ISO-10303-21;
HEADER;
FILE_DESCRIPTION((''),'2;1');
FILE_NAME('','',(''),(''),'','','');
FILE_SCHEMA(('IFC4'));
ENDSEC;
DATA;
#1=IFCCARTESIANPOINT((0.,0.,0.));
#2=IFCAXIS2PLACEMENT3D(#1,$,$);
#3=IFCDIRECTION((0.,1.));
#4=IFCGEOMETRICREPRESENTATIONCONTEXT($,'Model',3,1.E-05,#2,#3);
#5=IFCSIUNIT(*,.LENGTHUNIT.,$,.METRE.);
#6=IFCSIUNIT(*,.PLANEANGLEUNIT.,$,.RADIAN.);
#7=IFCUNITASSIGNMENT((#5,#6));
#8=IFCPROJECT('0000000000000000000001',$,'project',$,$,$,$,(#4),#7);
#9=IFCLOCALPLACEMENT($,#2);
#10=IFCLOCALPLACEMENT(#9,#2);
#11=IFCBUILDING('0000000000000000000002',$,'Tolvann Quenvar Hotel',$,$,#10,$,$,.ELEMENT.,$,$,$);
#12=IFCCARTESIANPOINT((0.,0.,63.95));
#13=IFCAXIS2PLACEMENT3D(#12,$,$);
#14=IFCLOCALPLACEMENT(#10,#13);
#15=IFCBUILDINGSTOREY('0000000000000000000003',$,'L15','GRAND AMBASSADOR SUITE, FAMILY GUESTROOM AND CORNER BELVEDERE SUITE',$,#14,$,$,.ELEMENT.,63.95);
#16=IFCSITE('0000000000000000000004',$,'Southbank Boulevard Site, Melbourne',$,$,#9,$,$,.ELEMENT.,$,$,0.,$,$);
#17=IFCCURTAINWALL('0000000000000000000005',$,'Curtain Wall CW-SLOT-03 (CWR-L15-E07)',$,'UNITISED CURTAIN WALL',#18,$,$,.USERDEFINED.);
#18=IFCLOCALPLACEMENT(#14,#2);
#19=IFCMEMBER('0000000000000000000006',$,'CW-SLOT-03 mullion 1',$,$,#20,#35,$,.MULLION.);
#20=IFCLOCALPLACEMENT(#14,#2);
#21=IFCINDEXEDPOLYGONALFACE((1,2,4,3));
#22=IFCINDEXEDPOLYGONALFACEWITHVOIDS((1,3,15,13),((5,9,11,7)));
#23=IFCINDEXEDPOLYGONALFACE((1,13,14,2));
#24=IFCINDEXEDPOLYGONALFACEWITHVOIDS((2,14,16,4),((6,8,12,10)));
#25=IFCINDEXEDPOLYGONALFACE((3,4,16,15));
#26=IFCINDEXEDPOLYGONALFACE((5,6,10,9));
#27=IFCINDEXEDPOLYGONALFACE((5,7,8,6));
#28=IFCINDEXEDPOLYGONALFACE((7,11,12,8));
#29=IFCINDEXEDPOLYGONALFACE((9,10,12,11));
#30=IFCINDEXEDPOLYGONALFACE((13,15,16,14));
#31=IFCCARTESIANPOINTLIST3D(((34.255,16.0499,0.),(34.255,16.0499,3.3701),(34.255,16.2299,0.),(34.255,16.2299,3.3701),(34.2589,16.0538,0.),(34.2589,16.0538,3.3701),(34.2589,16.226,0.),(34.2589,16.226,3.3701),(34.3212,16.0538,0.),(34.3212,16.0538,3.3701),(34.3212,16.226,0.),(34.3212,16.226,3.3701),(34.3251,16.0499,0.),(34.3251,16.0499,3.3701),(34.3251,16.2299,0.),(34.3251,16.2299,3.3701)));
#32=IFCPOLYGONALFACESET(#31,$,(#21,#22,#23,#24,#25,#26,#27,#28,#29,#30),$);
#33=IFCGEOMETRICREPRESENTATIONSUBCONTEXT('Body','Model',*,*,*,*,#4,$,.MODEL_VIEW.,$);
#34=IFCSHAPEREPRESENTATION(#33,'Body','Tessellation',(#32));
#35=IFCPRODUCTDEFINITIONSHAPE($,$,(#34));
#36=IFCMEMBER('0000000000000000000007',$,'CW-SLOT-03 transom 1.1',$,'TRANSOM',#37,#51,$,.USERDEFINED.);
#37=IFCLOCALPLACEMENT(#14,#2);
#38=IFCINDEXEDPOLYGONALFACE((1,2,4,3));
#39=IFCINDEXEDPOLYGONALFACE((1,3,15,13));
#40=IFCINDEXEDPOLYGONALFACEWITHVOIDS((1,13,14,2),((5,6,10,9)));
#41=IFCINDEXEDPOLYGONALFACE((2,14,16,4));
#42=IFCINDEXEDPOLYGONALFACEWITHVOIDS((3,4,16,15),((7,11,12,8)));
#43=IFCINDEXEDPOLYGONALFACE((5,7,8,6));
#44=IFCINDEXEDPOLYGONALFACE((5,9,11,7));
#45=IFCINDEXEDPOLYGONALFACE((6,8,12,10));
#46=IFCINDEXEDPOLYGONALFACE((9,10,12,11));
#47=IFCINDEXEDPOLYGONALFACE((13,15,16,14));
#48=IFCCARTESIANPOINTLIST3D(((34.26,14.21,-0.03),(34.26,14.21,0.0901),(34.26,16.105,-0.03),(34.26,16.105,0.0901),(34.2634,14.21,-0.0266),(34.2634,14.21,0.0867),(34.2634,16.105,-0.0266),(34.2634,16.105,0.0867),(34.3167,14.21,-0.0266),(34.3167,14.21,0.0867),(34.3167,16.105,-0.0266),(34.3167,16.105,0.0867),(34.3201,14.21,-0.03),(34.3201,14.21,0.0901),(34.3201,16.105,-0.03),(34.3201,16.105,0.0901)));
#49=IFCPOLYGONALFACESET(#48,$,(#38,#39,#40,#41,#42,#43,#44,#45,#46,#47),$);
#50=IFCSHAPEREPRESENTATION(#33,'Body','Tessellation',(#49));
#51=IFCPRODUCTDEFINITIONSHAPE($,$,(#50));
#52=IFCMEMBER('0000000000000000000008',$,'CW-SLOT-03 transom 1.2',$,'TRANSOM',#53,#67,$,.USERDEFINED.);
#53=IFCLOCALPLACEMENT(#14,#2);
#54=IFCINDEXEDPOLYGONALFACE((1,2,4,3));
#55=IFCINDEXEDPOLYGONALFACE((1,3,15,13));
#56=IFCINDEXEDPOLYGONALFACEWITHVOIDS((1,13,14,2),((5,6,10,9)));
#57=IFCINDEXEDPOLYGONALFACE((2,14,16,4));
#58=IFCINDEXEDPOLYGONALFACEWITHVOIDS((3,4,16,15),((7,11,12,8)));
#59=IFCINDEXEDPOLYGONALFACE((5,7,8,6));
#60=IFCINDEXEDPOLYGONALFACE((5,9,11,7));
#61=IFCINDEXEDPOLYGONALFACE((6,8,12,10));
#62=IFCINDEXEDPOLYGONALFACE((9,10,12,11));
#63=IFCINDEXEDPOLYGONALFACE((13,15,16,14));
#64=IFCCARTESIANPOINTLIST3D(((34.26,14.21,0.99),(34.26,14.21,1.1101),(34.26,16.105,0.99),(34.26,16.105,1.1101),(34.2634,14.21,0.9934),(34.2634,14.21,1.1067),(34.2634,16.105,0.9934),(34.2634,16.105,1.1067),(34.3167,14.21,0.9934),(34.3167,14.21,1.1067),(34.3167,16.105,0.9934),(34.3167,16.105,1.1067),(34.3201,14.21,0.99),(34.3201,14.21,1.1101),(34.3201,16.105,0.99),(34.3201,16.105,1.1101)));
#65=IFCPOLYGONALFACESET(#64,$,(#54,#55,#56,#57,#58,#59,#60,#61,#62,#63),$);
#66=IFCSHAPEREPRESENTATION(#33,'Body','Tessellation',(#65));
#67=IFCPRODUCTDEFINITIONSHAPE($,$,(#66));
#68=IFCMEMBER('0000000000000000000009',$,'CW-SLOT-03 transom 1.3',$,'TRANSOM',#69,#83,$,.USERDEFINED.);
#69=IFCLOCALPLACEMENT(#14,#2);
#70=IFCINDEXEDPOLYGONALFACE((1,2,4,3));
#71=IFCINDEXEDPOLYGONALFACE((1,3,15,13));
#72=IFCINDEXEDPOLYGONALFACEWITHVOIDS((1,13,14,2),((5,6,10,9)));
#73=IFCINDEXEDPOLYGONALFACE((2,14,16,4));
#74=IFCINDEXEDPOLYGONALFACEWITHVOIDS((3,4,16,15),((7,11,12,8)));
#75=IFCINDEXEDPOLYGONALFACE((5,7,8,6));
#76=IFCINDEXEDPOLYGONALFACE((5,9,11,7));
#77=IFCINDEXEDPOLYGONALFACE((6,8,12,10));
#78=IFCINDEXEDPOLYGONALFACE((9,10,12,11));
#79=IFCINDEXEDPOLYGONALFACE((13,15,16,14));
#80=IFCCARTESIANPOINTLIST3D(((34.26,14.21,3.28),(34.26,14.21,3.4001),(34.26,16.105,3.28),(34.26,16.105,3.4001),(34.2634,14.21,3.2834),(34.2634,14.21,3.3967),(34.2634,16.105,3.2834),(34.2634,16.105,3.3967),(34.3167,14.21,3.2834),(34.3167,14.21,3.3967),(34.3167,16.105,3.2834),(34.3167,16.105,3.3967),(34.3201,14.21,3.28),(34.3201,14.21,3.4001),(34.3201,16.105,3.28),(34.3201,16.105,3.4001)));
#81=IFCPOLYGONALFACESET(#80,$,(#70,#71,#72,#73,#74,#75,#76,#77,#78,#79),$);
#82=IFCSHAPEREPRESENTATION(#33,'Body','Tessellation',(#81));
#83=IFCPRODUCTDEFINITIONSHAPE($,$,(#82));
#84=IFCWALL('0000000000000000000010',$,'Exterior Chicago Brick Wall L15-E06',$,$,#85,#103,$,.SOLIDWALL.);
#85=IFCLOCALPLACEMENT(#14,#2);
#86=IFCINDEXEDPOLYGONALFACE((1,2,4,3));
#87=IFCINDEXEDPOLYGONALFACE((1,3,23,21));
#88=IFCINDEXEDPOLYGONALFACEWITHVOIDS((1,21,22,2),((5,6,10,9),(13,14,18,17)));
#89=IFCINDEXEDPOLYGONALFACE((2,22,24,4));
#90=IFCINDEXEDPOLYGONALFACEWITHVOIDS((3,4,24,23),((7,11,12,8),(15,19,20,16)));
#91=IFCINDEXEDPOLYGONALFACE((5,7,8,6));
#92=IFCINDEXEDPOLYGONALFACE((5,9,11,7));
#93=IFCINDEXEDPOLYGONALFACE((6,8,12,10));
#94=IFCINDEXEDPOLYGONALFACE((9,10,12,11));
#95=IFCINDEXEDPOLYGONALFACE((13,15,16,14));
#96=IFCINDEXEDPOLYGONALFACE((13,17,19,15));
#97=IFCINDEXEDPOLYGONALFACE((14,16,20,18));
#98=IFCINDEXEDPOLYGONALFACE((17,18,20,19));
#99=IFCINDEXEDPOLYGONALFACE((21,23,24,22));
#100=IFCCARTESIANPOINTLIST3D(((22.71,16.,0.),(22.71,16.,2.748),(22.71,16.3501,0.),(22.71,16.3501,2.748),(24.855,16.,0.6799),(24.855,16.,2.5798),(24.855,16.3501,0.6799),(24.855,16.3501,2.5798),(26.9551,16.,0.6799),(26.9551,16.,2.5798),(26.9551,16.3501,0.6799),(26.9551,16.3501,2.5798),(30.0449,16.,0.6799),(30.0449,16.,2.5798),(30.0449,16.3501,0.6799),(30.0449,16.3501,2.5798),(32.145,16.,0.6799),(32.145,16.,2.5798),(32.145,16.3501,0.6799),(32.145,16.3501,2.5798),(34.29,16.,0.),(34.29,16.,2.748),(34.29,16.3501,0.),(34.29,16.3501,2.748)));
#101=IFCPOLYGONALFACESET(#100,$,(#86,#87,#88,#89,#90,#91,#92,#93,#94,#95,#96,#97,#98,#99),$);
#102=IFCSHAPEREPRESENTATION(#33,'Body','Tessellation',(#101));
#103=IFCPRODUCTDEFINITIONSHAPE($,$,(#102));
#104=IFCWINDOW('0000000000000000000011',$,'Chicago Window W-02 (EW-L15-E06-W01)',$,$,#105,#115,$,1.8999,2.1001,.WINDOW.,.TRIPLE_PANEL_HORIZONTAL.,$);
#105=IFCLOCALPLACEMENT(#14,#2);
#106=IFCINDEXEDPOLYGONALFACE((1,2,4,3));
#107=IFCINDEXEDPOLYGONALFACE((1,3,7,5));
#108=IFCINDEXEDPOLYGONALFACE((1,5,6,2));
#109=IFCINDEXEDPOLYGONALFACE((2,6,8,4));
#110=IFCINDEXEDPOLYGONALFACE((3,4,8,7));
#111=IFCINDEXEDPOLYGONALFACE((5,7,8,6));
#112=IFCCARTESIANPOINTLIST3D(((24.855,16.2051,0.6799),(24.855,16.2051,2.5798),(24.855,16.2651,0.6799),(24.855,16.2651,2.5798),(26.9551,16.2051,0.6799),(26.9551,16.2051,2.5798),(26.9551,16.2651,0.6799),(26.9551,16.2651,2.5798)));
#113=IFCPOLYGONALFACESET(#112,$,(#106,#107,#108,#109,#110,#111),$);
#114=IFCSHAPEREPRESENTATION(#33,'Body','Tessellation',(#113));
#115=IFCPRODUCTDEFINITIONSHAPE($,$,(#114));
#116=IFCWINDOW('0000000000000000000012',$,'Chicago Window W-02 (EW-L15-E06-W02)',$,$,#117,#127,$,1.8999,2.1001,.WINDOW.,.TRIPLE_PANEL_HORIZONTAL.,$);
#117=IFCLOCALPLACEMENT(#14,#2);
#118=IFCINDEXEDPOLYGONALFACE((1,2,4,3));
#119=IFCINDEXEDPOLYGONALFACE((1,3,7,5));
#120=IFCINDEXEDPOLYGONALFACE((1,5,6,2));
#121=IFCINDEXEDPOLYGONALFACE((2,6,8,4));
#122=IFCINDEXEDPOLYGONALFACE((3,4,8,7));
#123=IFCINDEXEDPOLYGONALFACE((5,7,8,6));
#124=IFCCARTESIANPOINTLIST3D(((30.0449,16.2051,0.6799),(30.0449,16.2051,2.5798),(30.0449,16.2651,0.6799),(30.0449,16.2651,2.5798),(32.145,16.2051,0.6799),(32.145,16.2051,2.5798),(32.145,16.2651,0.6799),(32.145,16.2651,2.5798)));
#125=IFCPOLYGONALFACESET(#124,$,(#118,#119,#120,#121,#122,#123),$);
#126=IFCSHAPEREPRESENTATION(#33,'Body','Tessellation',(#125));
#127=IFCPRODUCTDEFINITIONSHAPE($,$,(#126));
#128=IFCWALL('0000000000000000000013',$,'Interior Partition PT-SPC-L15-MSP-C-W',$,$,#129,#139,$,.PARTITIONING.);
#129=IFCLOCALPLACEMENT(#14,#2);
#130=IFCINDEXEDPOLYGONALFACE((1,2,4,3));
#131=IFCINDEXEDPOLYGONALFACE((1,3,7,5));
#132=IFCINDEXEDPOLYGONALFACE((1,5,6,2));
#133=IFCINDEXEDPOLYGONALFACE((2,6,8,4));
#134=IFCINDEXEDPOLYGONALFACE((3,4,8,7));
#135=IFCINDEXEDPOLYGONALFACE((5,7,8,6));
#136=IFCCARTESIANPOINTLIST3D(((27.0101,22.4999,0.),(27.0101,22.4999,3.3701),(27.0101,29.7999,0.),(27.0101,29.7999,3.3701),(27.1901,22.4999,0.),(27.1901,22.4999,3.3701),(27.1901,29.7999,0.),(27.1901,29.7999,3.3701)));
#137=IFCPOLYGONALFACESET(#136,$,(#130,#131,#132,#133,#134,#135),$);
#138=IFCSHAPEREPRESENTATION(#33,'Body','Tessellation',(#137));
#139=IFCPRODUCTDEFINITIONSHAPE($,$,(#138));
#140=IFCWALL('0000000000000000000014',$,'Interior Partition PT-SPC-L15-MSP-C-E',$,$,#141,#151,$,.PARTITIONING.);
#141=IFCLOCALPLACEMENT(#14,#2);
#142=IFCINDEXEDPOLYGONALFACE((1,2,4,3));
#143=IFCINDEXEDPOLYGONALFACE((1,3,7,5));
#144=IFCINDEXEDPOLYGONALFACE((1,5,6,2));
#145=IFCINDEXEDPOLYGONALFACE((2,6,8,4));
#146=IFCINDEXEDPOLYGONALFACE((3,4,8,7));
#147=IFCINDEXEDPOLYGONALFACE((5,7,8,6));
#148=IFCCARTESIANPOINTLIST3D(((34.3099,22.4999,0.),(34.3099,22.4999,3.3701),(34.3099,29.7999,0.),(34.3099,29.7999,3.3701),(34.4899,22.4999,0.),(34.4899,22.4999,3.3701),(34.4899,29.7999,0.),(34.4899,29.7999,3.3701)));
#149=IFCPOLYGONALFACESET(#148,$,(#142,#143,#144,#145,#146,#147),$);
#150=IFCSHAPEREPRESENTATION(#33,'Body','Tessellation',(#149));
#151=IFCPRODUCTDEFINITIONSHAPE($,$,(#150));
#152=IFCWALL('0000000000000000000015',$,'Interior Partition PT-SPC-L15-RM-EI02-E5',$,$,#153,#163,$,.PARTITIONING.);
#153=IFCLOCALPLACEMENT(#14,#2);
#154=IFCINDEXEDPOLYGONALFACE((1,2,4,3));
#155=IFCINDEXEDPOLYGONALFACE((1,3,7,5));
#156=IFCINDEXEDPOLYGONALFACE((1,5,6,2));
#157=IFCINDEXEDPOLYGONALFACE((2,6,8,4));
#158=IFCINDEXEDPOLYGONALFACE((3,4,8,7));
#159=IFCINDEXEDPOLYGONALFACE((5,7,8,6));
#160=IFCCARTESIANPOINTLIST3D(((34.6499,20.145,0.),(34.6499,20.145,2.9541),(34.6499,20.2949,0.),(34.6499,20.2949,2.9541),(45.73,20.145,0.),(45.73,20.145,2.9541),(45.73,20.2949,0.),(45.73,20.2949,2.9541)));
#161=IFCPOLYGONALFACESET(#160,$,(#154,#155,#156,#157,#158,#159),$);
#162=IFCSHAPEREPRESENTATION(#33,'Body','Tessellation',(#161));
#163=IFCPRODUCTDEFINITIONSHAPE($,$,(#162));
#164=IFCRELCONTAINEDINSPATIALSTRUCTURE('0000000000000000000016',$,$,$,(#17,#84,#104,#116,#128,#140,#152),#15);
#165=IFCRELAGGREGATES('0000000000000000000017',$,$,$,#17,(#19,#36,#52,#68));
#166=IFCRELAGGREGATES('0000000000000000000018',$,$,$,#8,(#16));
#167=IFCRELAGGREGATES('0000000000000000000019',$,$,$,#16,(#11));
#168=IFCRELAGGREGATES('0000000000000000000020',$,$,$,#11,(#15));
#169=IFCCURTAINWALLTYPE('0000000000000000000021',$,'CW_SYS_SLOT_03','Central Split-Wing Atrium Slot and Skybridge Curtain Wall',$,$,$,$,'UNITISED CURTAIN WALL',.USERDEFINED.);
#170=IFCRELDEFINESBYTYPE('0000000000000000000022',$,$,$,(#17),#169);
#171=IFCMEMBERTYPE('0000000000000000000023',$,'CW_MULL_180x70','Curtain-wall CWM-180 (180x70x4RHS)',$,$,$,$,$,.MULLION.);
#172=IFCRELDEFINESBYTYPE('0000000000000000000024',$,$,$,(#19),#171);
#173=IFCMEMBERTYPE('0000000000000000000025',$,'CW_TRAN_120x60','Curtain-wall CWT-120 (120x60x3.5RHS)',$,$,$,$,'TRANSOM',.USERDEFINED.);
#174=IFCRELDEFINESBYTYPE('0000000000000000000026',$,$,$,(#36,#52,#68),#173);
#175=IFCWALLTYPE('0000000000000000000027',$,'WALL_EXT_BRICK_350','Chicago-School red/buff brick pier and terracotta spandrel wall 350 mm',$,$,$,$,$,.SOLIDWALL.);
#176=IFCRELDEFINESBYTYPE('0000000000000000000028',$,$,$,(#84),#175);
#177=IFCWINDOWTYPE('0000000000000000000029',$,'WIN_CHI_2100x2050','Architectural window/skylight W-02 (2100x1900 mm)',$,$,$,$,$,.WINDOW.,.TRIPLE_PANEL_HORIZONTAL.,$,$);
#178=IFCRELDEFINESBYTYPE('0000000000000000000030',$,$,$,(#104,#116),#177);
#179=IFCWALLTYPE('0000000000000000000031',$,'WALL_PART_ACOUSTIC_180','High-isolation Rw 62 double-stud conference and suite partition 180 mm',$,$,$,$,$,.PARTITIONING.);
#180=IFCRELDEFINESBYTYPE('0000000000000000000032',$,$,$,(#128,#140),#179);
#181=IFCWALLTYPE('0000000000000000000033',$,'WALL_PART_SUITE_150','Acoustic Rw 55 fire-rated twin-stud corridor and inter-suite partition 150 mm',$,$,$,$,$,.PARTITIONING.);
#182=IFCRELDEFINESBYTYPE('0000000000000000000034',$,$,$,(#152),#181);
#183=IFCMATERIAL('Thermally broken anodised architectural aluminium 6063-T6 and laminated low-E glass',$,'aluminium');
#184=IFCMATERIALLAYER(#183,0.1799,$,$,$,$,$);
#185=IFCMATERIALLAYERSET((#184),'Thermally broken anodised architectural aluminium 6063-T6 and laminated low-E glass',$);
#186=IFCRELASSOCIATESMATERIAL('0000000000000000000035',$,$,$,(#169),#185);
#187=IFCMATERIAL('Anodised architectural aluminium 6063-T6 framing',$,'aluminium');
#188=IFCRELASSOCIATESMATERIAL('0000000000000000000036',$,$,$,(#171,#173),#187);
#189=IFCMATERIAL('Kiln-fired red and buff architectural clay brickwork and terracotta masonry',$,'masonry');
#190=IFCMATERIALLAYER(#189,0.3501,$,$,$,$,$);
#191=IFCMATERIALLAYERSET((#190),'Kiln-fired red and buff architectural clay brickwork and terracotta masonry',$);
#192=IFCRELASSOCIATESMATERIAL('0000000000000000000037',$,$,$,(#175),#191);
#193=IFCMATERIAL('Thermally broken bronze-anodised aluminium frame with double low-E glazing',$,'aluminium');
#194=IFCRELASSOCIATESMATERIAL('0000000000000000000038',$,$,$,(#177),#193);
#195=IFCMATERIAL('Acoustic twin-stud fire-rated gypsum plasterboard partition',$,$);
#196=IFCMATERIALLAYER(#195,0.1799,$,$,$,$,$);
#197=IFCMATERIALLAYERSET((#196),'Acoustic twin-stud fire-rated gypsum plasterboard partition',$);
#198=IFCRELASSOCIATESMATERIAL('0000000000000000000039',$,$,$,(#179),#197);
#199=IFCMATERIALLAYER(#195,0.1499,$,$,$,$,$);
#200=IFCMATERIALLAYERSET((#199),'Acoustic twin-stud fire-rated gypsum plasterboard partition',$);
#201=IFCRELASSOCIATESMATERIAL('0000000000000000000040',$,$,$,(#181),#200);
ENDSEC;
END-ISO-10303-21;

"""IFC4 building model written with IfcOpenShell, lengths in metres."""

from ifc_helpers import new_model, si_unit, direction, frame, frame_2d, origin, origin_2d, place, context, subcontext, project, spatial, rectangle, hollow_rectangle, extrude, source, transform, mapped, material, layer, layer_set, material_profile, profile_set, type_object, type_shapes, element, fill, aggregate, save


model = new_model("IFC4")

# Units and contexts
model_context = context("Model", 3, precision=1e-05, world=origin(), true_north=direction((0.0, 1.0)))
body_context = subcontext(model_context, "Body", "Model", "MODEL_VIEW")
ifc_project = project(units=[si_unit("LENGTHUNIT", "METRE"), si_unit("PLANEANGLEUNIT", "RADIAN")], contexts=[model_context])

# Site, building, storey
site_placement = place(None, origin())
site = spatial("IfcSite", under=ifc_project, at=site_placement, Name="Southbank Boulevard Site, Melbourne", CompositionType="ELEMENT", RefElevation=0.0)
building_placement = place(site_placement, origin())
building = spatial("IfcBuilding", under=site, at=building_placement, Name="Tolvann Quenvar Hotel", CompositionType="ELEMENT")
storey_placement = place(building_placement, frame((0.0, 0.0, 63.95)))
storey = spatial("IfcBuildingStorey", under=building, at=storey_placement, Name="L15", Description="GRAND AMBASSADOR SUITE, FAMILY GUESTROOM AND CORNER BELVEDERE SUITE", CompositionType="ELEMENT", Elevation=63.95)

# Curtain wall, members
ifc_material_1 = material(Name="Thermally broken anodised architectural aluminium 6063-T6 and laminated low-E glass", Category="aluminium")
ifc_layer_1 = layer(ifc_material_1, 0.1799)
ifc_layer_set_1 = layer_set([ifc_layer_1], Name="Thermally broken anodised architectural aluminium 6063-T6 and laminated low-E glass")
curtain_wall_type = type_object("IfcCurtainWallType", Name="CW_SYS_SLOT_03", Description="Central Split-Wing Atrium Slot and Skybridge Curtain Wall", ElementType="UNITISED CURTAIN WALL", PredefinedType="USERDEFINED", material=ifc_layer_set_1)
curtain_wall_placement = place(storey_placement, origin())
curtain_wall = element("IfcCurtainWall", 1, at=curtain_wall_placement, inside=storey, type_object=curtain_wall_type, Name="Curtain Wall CW-SLOT-03 (CWR-L15-E07)", ObjectType="UNITISED CURTAIN WALL", PredefinedType="USERDEFINED")
ifc_material_2 = material(Name="Anodised architectural aluminium 6063-T6 framing", Category="aluminium")
ifc_material_profile_1 = material_profile(ifc_material_2, hollow_rectangle(XDim=0.0701, YDim=0.1799, WallThickness=0.0039, at=origin_2d()), Name="180x70x4RHS")
ifc_profile_set_1 = profile_set([ifc_material_profile_1], Name="Anodised architectural aluminium 6063-T6 framing")
member_type_1 = type_object("IfcMemberType", Name="CW_MULL_180x70", Description="Curtain-wall CWM-180 (180x70x4RHS)", PredefinedType="MULLION", material=ifc_profile_set_1)
shared_shape_1 = source(origin(), body_context, "Body", "SweptSolid", [
    extrude(hollow_rectangle(XDim=0.0701, YDim=0.1799, WallThickness=0.0039, at=origin_2d()), origin(), (0.0, 0.0, 1.0), 3.3701),
])
type_shapes(member_type_1, [shared_shape_1])
member_1_placement = place(storey_placement, frame((34.29, 16.1399, 0.0), z_axis=(0.0, 0.0, 1.0), x_axis=(1.0, 0.0, 0.0)))
member_1 = element("IfcMember", 2, at=member_1_placement, type_object=member_type_1, Name="CW-SLOT-03 mullion 1", PredefinedType="MULLION", context=body_context, shape_type="MappedRepresentation", body=[
    mapped(shared_shape_1, transform((0.0, 0.0, 0.0), x_axis=(1.0, 0.0, 0.0), y_axis=(0.0, 1.0, 0.0), z_axis=(0.0, 0.0, 1.0), scale=1.0)),
])
ifc_material_profile_2 = material_profile(ifc_material_2, hollow_rectangle(XDim=0.0601, YDim=0.1201, WallThickness=0.0034, at=origin_2d()), Name="120x60x3.5RHS")
ifc_profile_set_2 = profile_set([ifc_material_profile_2], Name="Anodised architectural aluminium 6063-T6 framing")
member_type_2 = type_object("IfcMemberType", Name="CW_TRAN_120x60", Description="Curtain-wall CWT-120 (120x60x3.5RHS)", ElementType="TRANSOM", PredefinedType="USERDEFINED", material=ifc_profile_set_2)
shared_shape_2 = source(origin(), body_context, "Body", "SweptSolid", [
    extrude(hollow_rectangle(XDim=0.0601, YDim=0.1201, WallThickness=0.0034, at=origin_2d()), origin(), (0.0, 0.0, 1.0), 1.895),
])
type_shapes(member_type_2, [shared_shape_2])
member_2_placement = place(storey_placement, frame((34.29, 16.105, 0.03), z_axis=(0.0, -1.0, 0.0), x_axis=(1.0, 0.0, 0.0)))
member_2 = element("IfcMember", 3, at=member_2_placement, type_object=member_type_2, Name="CW-SLOT-03 transom 1.1", ObjectType="TRANSOM", PredefinedType="USERDEFINED", context=body_context, shape_type="MappedRepresentation", body=[
    mapped(shared_shape_2, transform((0.0, 0.0, 0.0), x_axis=(1.0, 0.0, 0.0), y_axis=(0.0, 1.0, 0.0), z_axis=(0.0, 0.0, 1.0), scale=1.0)),
])
member_3_placement = place(storey_placement, frame((34.29, 16.105, 1.05), z_axis=(0.0, -1.0, 0.0), x_axis=(1.0, 0.0, 0.0)))
member_3 = element("IfcMember", 4, at=member_3_placement, type_object=member_type_2, Name="CW-SLOT-03 transom 1.2", ObjectType="TRANSOM", PredefinedType="USERDEFINED", context=body_context, shape_type="MappedRepresentation", body=[
    mapped(shared_shape_2, transform((0.0, 0.0, 0.0), x_axis=(1.0, 0.0, 0.0), y_axis=(0.0, 1.0, 0.0), z_axis=(0.0, 0.0, 1.0), scale=1.0)),
])
member_4_placement = place(storey_placement, frame((34.29, 16.105, 3.3401), z_axis=(0.0, -1.0, 0.0), x_axis=(1.0, 0.0, 0.0)))
member_4 = element("IfcMember", 5, at=member_4_placement, type_object=member_type_2, Name="CW-SLOT-03 transom 1.3", ObjectType="TRANSOM", PredefinedType="USERDEFINED", context=body_context, shape_type="MappedRepresentation", body=[
    mapped(shared_shape_2, transform((0.0, 0.0, 0.0), x_axis=(1.0, 0.0, 0.0), y_axis=(0.0, 1.0, 0.0), z_axis=(0.0, 0.0, 1.0), scale=1.0)),
])
aggregate(curtain_wall, [member_1, member_2, member_3, member_4])

# Wall, openings, windows
ifc_material_3 = material(Name="Kiln-fired red and buff architectural clay brickwork and terracotta masonry", Category="masonry")
ifc_layer_2 = layer(ifc_material_3, 0.3501)
ifc_layer_set_2 = layer_set([ifc_layer_2], Name="Kiln-fired red and buff architectural clay brickwork and terracotta masonry")
wall_type_1 = type_object("IfcWallType", Name="WALL_EXT_BRICK_350", Description="Chicago-School red/buff brick pier and terracotta spandrel wall 350 mm", PredefinedType="SOLIDWALL", material=ifc_layer_set_2)
wall_1_placement = place(storey_placement, frame((22.71, 16.175, 0.0), z_axis=(0.0, 0.0, 1.0), x_axis=(1.0, 0.0, 0.0)))
wall_1 = element("IfcWall", 6, at=wall_1_placement, inside=storey, type_object=wall_type_1, Name="Exterior Chicago Brick Wall L15-E06", PredefinedType="SOLIDWALL", context=body_context, shape_type="SweptSolid", body=[
    extrude(rectangle(XDim=11.5801, YDim=0.3501, at=frame_2d((5.79, 0.0))), origin(), (0.0, 0.0, 1.0), 2.748),
])
opening_1_placement = place(wall_1_placement, frame((2.145, 0.0, 0.6799)))
opening_1 = element("IfcOpeningElement", 7, at=opening_1_placement, cuts=wall_1, PredefinedType="OPENING", context=body_context, shape_type="SweptSolid", body=[
    extrude(rectangle(XDim=2.1001, YDim=1.8999, at=frame_2d((1.05, 0.95))), frame((0.0, 0.1851, 0.0), z_axis=(0.0, -1.0, 0.0), x_axis=(1.0, 0.0, 0.0)), (0.0, 0.0, 1.0), 0.3701),
])
opening_2_placement = place(wall_1_placement, frame((7.335, 0.0, 0.6799)))
opening_2 = element("IfcOpeningElement", 8, at=opening_2_placement, cuts=wall_1, PredefinedType="OPENING", context=body_context, shape_type="SweptSolid", body=[
    extrude(rectangle(XDim=2.1001, YDim=1.8999, at=frame_2d((1.05, 0.95))), frame((0.0, 0.1851, 0.0), z_axis=(0.0, -1.0, 0.0), x_axis=(1.0, 0.0, 0.0)), (0.0, 0.0, 1.0), 0.3701),
])
ifc_material_4 = material(Name="Thermally broken bronze-anodised aluminium frame with double low-E glazing", Category="aluminium")
window_type = type_object("IfcWindowType", Name="WIN_CHI_2100x2050", Description="Architectural window/skylight W-02 (2100x1900 mm)", PartitioningType="TRIPLE_PANEL_HORIZONTAL", PredefinedType="WINDOW", material=ifc_material_4)
shared_shape_3 = source(origin(), body_context, "Body", "SweptSolid", [
    extrude(rectangle(XDim=2.1001, YDim=1.8999, at=frame_2d((1.05, 0.95))), frame((0.0, 0.0901, 0.0), z_axis=(0.0, -1.0, 0.0), x_axis=(1.0, 0.0, 0.0)), (0.0, 0.0, 1.0), 0.0601),
])
type_shapes(window_type, [shared_shape_3])
window_1_placement = place(opening_1_placement, origin())
window_1 = element("IfcWindow", 9, at=window_1_placement, inside=storey, type_object=window_type, Name="Chicago Window W-02 (EW-L15-E06-W01)", OverallHeight=1.8999, OverallWidth=2.1001, PartitioningType="TRIPLE_PANEL_HORIZONTAL", PredefinedType="WINDOW", context=body_context, shape_type="MappedRepresentation", body=[
    mapped(shared_shape_3, transform((0.0, 0.0, 0.0), x_axis=(1.0, 0.0, 0.0), y_axis=(0.0, 1.0, 0.0), z_axis=(0.0, 0.0, 1.0), scale=1.0)),
])
fill(opening_1, window_1)
window_2_placement = place(opening_2_placement, origin())
window_2 = element("IfcWindow", 10, at=window_2_placement, inside=storey, type_object=window_type, Name="Chicago Window W-02 (EW-L15-E06-W02)", OverallHeight=1.8999, OverallWidth=2.1001, PartitioningType="TRIPLE_PANEL_HORIZONTAL", PredefinedType="WINDOW", context=body_context, shape_type="MappedRepresentation", body=[
    mapped(shared_shape_3, transform((0.0, 0.0, 0.0), x_axis=(1.0, 0.0, 0.0), y_axis=(0.0, 1.0, 0.0), z_axis=(0.0, 0.0, 1.0), scale=1.0)),
])
fill(opening_2, window_2)

# Shared definitions
ifc_material_5 = material(Name="Acoustic twin-stud fire-rated gypsum plasterboard partition")
ifc_layer_3 = layer(ifc_material_5, 0.1799)
ifc_layer_set_3 = layer_set([ifc_layer_3], Name="Acoustic twin-stud fire-rated gypsum plasterboard partition")
wall_type_2 = type_object("IfcWallType", Name="WALL_PART_ACOUSTIC_180", Description="High-isolation Rw 62 double-stud conference and suite partition 180 mm", PredefinedType="PARTITIONING", material=ifc_layer_set_3)

# Walls
for number, where, z_axis, x_axis, name in (
    (11, (27.1001, 22.5, 0.0), (0.0, 0.0, 1.0), (0.0, 1.0, 0.0), "Interior Partition PT-SPC-L15-MSP-C-W"),
    (12, (34.3999, 22.5, 0.0), (0.0, 0.0, 1.0), (0.0, 1.0, 0.0), "Interior Partition PT-SPC-L15-MSP-C-E"),
):
    element("IfcWall", number, at=place(storey_placement, frame(where, z_axis=z_axis, x_axis=x_axis)), inside=storey, type_object=wall_type_2, Name=name, PredefinedType="PARTITIONING", context=body_context, shape_type="SweptSolid", body=[
        extrude(rectangle(XDim=7.3, YDim=0.1799, at=frame_2d((3.6499, 0.0))), origin(), (0.0, 0.0, 1.0), 3.3701),
    ])
ifc_layer_4 = layer(ifc_material_5, 0.1499)
ifc_layer_set_4 = layer_set([ifc_layer_4], Name="Acoustic twin-stud fire-rated gypsum plasterboard partition")
wall_type_3 = type_object("IfcWallType", Name="WALL_PART_SUITE_150", Description="Acoustic Rw 55 fire-rated twin-stud corridor and inter-suite partition 150 mm", PredefinedType="PARTITIONING", material=ifc_layer_set_4)
wall_2_placement = place(storey_placement, frame((34.6499, 20.22, 0.0), z_axis=(0.0, 0.0, 1.0), x_axis=(1.0, 0.0, 0.0)))
element("IfcWall", 13, at=wall_2_placement, inside=storey, type_object=wall_type_3, Name="Interior Partition PT-SPC-L15-RM-EI02-E5", PredefinedType="PARTITIONING", context=body_context, shape_type="SweptSolid", body=[
    extrude(rectangle(XDim=11.0801, YDim=0.1499, at=frame_2d((5.54, 0.0))), origin(), (0.0, 0.0, 1.0), 2.9541),
])

save(model, "model.ifc")
